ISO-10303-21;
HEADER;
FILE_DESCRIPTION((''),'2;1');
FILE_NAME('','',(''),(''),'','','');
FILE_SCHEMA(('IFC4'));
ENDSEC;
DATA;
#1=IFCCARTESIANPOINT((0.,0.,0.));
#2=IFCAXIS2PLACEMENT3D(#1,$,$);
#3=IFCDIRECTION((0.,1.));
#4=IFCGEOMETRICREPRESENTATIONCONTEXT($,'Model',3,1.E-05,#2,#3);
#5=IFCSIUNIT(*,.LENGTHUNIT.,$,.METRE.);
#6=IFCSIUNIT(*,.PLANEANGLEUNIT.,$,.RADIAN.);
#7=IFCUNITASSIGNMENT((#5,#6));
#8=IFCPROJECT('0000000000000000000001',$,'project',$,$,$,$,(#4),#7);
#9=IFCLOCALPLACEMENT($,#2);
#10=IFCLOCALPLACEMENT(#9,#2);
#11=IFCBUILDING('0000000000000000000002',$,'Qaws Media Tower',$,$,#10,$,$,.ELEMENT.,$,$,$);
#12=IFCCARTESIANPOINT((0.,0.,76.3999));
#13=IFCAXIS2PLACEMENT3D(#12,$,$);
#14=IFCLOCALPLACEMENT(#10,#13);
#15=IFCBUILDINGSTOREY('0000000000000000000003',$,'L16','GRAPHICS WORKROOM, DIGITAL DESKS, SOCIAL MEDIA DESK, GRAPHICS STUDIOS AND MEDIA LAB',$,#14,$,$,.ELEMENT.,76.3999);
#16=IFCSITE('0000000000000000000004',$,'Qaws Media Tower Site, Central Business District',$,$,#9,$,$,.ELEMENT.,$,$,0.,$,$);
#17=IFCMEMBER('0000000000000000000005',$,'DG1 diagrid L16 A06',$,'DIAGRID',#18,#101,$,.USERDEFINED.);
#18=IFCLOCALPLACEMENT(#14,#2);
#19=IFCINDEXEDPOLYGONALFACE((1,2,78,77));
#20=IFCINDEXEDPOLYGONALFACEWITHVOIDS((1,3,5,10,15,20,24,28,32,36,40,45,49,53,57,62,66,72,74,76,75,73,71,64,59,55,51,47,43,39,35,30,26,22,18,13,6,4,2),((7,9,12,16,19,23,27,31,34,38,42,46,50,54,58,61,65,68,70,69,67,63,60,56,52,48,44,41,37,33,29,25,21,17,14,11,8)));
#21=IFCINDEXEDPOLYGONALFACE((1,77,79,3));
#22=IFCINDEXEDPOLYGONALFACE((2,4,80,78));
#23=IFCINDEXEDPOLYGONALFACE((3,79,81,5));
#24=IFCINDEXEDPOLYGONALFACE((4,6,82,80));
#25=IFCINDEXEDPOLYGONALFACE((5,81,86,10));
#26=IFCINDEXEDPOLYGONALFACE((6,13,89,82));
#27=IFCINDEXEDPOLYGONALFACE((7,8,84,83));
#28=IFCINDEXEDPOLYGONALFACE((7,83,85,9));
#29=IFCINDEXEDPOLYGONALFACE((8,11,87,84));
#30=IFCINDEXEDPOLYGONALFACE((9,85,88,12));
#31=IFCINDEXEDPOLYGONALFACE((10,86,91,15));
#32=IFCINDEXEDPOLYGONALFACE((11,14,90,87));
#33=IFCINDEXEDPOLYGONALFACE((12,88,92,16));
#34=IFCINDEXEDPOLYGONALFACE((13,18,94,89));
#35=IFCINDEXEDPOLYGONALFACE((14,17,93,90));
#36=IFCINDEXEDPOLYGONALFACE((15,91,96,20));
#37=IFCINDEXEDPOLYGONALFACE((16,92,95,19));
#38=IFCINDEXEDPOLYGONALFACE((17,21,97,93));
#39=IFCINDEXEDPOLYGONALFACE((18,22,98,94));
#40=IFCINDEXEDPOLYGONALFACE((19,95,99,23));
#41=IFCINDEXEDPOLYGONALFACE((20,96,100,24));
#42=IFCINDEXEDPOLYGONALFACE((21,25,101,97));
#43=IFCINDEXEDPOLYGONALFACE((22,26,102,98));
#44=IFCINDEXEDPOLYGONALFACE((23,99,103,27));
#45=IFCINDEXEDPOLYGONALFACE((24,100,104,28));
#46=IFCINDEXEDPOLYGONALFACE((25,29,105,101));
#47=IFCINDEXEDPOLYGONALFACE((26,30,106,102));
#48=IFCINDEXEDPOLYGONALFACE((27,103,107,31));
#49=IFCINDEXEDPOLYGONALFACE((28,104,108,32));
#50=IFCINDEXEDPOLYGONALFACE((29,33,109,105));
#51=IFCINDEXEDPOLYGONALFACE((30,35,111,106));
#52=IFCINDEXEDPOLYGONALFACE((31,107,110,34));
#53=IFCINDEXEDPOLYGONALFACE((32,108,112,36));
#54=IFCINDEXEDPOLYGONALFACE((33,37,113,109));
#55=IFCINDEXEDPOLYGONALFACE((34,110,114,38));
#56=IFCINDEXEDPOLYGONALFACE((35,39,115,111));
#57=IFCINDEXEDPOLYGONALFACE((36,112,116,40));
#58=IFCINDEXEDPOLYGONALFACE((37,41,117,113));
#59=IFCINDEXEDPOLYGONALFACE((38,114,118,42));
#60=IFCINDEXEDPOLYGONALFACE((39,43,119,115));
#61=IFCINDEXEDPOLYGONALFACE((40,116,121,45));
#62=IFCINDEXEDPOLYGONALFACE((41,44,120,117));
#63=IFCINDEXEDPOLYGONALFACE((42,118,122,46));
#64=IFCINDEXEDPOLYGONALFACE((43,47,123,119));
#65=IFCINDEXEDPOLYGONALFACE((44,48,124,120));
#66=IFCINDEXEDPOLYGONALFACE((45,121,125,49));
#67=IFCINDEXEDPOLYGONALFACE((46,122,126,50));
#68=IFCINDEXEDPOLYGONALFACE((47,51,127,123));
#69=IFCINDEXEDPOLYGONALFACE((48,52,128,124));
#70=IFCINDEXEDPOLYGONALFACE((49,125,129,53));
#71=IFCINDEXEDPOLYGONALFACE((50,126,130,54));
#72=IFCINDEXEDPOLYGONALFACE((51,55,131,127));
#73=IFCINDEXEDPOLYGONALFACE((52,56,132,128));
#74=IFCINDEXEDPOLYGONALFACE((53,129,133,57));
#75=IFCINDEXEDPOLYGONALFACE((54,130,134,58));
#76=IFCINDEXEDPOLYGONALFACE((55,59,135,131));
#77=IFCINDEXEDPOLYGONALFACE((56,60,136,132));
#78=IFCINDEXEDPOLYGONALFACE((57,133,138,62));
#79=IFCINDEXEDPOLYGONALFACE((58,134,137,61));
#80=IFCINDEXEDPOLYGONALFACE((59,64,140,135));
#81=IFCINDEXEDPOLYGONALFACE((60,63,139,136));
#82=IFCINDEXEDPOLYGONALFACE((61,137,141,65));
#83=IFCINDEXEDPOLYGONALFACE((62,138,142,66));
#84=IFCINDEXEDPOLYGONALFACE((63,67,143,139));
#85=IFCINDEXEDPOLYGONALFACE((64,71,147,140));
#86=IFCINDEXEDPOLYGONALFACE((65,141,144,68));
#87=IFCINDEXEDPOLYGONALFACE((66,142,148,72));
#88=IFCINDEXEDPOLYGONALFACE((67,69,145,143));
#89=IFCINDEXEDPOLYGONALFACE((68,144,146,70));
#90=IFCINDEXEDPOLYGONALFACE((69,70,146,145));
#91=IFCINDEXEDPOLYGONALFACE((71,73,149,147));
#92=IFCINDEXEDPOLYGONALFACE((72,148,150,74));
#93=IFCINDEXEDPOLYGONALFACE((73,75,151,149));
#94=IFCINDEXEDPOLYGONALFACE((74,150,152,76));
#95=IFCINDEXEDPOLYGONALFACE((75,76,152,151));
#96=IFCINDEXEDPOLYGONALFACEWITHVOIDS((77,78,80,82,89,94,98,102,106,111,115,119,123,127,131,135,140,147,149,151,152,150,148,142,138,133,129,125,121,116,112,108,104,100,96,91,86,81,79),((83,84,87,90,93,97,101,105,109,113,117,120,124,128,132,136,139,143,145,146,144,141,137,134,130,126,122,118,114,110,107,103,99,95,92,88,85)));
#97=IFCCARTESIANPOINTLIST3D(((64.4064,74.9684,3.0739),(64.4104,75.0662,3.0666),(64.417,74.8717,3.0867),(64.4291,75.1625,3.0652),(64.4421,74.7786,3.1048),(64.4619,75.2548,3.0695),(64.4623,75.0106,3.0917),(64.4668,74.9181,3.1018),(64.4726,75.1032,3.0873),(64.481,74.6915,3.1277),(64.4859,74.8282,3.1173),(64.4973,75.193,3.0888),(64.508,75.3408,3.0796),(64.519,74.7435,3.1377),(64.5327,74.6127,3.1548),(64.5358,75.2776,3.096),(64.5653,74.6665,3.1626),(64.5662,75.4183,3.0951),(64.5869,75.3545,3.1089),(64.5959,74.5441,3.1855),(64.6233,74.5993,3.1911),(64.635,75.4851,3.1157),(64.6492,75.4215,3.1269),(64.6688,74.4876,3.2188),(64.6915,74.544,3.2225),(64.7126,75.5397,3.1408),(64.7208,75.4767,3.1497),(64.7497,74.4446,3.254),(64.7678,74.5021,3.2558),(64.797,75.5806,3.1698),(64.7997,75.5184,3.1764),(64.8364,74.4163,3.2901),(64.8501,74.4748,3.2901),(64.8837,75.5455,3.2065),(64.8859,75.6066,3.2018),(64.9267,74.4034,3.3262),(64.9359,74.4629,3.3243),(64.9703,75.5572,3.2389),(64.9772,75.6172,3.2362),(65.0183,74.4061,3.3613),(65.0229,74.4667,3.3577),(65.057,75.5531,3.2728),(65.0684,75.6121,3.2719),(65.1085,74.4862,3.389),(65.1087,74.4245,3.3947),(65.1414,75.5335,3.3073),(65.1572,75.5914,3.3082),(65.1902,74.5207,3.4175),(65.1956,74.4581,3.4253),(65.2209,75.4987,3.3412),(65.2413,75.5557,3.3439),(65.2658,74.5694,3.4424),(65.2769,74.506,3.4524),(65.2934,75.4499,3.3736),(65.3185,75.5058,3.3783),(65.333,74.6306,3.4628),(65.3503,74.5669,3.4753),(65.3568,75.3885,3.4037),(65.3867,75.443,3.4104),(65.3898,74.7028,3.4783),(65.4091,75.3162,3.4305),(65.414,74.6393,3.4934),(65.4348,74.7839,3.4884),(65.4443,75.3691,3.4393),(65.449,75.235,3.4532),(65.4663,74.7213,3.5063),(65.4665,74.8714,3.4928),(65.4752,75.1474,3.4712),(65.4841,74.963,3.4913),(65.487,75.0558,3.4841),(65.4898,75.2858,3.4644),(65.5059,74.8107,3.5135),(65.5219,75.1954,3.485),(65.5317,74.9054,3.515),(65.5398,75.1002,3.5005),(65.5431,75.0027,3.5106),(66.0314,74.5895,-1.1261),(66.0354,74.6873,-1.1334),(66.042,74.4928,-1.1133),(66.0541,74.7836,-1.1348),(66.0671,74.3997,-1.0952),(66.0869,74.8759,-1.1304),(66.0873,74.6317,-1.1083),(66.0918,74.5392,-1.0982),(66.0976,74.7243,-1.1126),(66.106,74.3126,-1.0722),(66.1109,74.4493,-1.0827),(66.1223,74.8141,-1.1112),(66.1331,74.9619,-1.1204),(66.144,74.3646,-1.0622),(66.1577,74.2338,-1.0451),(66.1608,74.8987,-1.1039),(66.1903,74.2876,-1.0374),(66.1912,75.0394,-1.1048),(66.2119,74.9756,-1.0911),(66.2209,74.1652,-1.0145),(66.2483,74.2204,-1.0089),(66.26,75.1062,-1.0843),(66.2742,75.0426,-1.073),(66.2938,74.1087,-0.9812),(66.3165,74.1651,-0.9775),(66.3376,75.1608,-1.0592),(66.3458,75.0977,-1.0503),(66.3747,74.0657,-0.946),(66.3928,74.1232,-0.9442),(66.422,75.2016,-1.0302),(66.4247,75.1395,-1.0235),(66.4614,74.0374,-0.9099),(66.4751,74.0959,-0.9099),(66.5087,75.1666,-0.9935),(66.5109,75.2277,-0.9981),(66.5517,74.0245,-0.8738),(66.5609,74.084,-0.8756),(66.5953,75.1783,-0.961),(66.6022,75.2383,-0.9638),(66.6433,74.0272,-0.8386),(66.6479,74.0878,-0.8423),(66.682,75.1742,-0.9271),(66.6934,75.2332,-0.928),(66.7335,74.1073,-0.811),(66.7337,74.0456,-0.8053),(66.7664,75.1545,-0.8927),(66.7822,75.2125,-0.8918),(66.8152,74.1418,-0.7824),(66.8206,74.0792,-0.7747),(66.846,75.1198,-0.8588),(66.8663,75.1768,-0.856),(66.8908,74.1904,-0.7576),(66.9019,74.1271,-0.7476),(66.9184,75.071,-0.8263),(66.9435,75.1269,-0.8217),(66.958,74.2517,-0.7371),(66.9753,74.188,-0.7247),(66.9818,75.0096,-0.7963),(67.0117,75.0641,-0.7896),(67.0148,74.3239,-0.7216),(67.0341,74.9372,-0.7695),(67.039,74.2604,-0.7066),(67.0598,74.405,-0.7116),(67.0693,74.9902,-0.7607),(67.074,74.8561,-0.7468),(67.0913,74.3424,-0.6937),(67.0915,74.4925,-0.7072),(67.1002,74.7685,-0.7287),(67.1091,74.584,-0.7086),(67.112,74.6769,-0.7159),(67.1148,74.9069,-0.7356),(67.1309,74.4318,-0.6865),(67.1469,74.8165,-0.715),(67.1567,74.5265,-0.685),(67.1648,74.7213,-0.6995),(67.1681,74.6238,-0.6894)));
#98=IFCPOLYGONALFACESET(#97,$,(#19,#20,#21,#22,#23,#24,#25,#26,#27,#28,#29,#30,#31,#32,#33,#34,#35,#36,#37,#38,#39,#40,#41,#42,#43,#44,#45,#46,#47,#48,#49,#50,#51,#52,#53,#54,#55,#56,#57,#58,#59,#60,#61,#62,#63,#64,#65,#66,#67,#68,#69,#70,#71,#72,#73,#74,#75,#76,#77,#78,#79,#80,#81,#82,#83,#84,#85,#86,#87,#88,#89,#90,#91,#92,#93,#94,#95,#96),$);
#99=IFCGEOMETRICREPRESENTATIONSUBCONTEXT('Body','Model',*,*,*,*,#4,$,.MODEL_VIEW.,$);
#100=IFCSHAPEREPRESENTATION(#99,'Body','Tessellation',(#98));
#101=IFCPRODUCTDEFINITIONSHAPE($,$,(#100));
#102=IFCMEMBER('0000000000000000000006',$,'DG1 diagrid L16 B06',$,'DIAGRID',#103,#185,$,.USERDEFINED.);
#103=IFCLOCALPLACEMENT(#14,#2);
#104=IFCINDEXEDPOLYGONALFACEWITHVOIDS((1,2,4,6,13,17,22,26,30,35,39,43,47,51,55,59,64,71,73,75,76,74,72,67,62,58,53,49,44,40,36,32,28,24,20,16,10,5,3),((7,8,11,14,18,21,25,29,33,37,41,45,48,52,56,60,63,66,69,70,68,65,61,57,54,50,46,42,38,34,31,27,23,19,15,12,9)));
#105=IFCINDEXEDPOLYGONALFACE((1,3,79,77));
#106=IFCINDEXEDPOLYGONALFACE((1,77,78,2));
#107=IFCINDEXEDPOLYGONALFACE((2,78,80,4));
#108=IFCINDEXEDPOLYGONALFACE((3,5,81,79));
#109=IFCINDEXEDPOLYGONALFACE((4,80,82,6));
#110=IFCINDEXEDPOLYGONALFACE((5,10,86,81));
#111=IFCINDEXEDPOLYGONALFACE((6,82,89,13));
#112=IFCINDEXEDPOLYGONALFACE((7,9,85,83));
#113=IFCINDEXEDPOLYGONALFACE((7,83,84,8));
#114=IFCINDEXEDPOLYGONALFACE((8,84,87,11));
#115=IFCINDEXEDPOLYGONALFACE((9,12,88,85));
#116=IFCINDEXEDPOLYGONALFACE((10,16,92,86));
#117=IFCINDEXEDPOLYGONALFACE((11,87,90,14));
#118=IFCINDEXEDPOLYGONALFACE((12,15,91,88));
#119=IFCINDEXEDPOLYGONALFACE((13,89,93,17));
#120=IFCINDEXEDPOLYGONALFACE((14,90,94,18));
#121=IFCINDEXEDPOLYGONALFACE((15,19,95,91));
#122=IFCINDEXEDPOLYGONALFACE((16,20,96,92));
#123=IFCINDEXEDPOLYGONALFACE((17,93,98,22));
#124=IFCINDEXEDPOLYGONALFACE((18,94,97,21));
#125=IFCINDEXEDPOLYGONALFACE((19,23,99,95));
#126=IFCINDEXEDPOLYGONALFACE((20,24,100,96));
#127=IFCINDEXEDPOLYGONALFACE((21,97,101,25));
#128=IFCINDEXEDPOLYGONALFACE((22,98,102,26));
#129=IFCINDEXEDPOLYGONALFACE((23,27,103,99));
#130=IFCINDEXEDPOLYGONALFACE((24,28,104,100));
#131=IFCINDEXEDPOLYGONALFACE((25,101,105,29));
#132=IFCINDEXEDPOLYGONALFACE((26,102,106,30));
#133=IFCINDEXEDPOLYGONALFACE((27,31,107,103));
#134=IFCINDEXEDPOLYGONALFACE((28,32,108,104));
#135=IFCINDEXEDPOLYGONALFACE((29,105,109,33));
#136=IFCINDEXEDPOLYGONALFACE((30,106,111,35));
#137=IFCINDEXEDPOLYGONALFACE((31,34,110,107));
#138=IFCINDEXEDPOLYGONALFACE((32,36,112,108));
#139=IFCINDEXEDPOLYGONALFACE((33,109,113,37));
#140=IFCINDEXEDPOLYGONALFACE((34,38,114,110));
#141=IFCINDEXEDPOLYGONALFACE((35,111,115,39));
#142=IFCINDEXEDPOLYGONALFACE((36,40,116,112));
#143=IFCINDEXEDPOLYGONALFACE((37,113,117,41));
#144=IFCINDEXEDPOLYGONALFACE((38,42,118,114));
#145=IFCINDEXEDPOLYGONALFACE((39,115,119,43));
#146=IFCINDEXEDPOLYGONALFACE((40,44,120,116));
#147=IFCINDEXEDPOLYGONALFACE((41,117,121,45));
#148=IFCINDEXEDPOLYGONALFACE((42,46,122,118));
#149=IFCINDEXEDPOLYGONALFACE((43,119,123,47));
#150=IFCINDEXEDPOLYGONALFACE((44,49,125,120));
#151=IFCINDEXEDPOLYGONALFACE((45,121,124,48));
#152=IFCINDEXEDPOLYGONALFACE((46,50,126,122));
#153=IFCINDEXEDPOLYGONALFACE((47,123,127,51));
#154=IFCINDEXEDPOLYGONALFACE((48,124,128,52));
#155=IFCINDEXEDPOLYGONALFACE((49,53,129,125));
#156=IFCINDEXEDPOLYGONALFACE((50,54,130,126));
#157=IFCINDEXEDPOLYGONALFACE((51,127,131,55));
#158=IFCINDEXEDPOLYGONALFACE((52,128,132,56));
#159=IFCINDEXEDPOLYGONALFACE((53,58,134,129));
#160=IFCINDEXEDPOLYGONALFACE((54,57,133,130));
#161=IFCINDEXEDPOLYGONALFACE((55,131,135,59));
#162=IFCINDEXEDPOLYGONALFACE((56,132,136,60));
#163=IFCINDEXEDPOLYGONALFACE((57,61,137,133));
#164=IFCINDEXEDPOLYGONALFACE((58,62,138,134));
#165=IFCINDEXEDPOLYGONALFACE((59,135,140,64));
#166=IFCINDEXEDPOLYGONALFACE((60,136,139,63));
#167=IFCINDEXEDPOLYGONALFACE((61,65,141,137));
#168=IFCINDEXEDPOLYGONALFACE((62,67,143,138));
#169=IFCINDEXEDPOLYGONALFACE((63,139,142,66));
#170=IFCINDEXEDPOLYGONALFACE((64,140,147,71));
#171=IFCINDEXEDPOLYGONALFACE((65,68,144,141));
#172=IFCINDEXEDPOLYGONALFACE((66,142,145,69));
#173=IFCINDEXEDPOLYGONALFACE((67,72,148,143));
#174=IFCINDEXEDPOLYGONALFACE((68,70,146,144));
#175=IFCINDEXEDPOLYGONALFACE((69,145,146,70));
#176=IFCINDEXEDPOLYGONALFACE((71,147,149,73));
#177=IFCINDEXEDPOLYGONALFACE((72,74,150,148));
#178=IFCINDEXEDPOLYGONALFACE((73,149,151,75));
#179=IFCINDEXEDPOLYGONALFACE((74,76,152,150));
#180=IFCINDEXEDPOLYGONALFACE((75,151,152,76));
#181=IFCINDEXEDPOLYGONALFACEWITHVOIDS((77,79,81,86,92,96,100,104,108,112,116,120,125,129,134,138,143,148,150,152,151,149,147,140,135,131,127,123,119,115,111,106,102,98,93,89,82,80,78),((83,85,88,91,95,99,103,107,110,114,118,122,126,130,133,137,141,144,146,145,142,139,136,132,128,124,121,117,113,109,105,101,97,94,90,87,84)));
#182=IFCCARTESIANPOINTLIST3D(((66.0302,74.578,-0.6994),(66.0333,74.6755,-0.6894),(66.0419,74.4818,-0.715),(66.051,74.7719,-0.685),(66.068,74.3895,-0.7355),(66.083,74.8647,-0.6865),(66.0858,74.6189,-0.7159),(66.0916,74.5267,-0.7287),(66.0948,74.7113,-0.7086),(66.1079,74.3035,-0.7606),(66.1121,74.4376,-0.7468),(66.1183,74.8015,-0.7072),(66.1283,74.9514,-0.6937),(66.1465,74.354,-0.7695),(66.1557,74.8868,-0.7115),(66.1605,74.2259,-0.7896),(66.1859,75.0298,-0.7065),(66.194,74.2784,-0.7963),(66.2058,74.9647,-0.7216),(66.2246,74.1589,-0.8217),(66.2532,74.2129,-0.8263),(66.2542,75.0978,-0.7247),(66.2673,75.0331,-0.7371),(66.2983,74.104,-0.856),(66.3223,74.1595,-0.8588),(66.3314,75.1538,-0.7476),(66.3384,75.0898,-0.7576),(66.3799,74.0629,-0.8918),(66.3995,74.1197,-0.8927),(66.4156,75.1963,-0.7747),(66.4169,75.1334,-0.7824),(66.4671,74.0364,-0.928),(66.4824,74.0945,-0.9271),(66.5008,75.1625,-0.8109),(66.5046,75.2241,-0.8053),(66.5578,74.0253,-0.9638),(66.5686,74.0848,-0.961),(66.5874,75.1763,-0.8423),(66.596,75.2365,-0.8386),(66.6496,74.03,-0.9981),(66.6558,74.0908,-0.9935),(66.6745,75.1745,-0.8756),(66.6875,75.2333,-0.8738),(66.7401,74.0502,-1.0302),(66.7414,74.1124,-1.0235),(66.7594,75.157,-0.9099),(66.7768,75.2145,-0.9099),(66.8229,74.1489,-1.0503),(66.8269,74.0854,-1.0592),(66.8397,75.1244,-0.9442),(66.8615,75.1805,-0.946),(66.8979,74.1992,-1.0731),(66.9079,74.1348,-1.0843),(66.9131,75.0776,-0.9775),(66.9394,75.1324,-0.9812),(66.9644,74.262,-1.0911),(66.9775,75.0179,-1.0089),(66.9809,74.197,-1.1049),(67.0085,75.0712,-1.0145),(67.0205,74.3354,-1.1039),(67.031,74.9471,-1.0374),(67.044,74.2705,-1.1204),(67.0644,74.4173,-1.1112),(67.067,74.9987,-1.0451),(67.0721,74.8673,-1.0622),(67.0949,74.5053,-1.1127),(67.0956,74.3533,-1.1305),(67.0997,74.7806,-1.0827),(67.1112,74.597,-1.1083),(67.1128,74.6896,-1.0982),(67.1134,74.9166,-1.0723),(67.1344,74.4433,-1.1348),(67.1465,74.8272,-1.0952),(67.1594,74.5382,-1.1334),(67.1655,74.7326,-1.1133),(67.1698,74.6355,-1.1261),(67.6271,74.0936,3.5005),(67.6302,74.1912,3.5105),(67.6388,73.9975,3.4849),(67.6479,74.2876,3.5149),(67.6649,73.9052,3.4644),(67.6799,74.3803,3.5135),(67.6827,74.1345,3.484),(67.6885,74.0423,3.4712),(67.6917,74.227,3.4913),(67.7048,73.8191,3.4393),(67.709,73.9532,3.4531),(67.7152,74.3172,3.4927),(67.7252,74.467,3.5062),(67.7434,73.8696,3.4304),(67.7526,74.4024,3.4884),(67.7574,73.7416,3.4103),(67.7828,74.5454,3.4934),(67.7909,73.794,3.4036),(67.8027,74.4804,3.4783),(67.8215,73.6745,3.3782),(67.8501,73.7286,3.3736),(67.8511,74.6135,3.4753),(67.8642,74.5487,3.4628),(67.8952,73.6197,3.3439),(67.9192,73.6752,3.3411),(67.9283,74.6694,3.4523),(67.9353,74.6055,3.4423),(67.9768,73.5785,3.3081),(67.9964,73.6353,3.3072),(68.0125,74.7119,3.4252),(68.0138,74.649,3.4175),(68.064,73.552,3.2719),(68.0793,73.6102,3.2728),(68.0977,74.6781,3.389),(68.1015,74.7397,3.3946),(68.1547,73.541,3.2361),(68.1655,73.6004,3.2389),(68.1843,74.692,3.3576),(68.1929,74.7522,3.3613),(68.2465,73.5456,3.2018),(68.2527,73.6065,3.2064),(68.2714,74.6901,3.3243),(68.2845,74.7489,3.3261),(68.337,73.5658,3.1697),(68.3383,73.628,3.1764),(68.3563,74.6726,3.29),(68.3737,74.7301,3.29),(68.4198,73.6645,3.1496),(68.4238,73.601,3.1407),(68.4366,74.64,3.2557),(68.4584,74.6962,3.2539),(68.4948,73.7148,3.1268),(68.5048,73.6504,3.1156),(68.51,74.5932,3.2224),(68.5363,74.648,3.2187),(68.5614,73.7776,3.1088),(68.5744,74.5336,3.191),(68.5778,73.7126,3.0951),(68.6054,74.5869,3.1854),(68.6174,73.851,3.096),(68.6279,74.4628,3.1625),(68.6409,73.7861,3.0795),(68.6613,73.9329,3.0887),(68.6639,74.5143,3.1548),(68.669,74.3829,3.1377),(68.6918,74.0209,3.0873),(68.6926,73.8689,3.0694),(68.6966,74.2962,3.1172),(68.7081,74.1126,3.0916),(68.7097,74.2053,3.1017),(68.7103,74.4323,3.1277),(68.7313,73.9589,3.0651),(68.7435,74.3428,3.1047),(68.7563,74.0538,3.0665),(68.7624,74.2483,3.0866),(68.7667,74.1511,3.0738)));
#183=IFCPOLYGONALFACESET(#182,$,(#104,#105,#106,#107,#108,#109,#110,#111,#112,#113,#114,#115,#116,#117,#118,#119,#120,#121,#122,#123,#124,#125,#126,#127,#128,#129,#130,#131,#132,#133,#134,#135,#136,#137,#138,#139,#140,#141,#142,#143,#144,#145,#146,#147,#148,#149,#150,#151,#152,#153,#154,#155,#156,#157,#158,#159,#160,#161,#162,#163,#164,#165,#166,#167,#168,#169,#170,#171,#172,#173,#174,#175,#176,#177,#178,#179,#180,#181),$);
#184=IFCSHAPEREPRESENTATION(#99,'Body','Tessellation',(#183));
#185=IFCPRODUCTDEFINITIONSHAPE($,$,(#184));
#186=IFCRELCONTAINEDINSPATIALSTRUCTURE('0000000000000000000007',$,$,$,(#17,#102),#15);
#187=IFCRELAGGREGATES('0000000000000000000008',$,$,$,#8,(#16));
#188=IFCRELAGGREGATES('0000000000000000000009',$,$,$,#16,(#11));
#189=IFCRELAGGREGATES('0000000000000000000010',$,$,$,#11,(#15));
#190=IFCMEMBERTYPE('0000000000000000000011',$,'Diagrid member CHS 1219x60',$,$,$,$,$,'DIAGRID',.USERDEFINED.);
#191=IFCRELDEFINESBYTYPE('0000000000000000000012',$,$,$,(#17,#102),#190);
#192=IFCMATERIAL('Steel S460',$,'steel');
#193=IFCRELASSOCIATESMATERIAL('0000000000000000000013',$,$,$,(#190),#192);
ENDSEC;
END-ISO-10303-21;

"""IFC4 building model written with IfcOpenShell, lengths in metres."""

from ifc_helpers import new_model, si_unit, direction, frame, origin, origin_2d, place, context, subcontext, project, spatial, hollow_circle, extrude, material, material_profile, profile_set, type_object, element, save


model = new_model("IFC4")

# Units and contexts
model_context = context("Model", 3, precision=1e-05, world=origin(), true_north=direction((0.0, 1.0)))
body_context = subcontext(model_context, "Body", "Model", "MODEL_VIEW")
ifc_project = project(units=[si_unit("LENGTHUNIT", "METRE"), si_unit("PLANEANGLEUNIT", "RADIAN")], contexts=[model_context])

# Site, building, storey
site_placement = place(None, origin())
site = spatial("IfcSite", under=ifc_project, at=site_placement, Name="Qaws Media Tower Site, Central Business District", CompositionType="ELEMENT", RefElevation=0.0)
building_placement = place(site_placement, origin())
building = spatial("IfcBuilding", under=site, at=building_placement, Name="Qaws Media Tower", CompositionType="ELEMENT")
storey_placement = place(building_placement, frame((0.0, 0.0, 76.3999)))
storey = spatial("IfcBuildingStorey", under=building, at=storey_placement, Name="L16", Description="GRAPHICS WORKROOM, DIGITAL DESKS, SOCIAL MEDIA DESK, GRAPHICS STUDIOS AND MEDIA LAB", CompositionType="ELEMENT", Elevation=76.3999)

# Members
ifc_material_1 = material(Name="Steel S460", Category="steel")
ifc_material_profile_1 = material_profile(ifc_material_1, hollow_circle(Radius=0.6096, WallThickness=0.0601, at=origin_2d()), Name="CHS 1219x60")
ifc_profile_set_1 = profile_set([ifc_material_profile_1], Name="Steel S460")
member_type_1 = type_object("IfcMemberType", Name="Diagrid member CHS 1219x60", ElementType="DIAGRID", PredefinedType="USERDEFINED", material=ifc_profile_set_1)
for number, where, z_axis, x_axis, name in (
    (1, (66.5999, 74.6311, -0.9099), (-0.359571, 0.083842, 0.929343), (-0.227082, -0.973876, 0.0), "DG1 diagrid L16 A06"),
    (2, (66.5999, 74.6311, -0.9099), (0.353354, -0.107178, 0.92933), (0.290259, 0.956948, 0.0), "DG1 diagrid L16 B06"),
):
    element("IfcMember", number, at=place(storey_placement, frame(where, z_axis=z_axis, x_axis=x_axis)), inside=storey, type_object=member_type_1, Name=name, ObjectType="DIAGRID", PredefinedType="USERDEFINED", context=body_context, shape_type="SweptSolid", body=[
        extrude(hollow_circle(Radius=0.6096, WallThickness=0.0601, at=origin_2d()), origin(), (0.0, 0.0, 1.0), 4.5193),
    ])

save(model, "model.ifc")
